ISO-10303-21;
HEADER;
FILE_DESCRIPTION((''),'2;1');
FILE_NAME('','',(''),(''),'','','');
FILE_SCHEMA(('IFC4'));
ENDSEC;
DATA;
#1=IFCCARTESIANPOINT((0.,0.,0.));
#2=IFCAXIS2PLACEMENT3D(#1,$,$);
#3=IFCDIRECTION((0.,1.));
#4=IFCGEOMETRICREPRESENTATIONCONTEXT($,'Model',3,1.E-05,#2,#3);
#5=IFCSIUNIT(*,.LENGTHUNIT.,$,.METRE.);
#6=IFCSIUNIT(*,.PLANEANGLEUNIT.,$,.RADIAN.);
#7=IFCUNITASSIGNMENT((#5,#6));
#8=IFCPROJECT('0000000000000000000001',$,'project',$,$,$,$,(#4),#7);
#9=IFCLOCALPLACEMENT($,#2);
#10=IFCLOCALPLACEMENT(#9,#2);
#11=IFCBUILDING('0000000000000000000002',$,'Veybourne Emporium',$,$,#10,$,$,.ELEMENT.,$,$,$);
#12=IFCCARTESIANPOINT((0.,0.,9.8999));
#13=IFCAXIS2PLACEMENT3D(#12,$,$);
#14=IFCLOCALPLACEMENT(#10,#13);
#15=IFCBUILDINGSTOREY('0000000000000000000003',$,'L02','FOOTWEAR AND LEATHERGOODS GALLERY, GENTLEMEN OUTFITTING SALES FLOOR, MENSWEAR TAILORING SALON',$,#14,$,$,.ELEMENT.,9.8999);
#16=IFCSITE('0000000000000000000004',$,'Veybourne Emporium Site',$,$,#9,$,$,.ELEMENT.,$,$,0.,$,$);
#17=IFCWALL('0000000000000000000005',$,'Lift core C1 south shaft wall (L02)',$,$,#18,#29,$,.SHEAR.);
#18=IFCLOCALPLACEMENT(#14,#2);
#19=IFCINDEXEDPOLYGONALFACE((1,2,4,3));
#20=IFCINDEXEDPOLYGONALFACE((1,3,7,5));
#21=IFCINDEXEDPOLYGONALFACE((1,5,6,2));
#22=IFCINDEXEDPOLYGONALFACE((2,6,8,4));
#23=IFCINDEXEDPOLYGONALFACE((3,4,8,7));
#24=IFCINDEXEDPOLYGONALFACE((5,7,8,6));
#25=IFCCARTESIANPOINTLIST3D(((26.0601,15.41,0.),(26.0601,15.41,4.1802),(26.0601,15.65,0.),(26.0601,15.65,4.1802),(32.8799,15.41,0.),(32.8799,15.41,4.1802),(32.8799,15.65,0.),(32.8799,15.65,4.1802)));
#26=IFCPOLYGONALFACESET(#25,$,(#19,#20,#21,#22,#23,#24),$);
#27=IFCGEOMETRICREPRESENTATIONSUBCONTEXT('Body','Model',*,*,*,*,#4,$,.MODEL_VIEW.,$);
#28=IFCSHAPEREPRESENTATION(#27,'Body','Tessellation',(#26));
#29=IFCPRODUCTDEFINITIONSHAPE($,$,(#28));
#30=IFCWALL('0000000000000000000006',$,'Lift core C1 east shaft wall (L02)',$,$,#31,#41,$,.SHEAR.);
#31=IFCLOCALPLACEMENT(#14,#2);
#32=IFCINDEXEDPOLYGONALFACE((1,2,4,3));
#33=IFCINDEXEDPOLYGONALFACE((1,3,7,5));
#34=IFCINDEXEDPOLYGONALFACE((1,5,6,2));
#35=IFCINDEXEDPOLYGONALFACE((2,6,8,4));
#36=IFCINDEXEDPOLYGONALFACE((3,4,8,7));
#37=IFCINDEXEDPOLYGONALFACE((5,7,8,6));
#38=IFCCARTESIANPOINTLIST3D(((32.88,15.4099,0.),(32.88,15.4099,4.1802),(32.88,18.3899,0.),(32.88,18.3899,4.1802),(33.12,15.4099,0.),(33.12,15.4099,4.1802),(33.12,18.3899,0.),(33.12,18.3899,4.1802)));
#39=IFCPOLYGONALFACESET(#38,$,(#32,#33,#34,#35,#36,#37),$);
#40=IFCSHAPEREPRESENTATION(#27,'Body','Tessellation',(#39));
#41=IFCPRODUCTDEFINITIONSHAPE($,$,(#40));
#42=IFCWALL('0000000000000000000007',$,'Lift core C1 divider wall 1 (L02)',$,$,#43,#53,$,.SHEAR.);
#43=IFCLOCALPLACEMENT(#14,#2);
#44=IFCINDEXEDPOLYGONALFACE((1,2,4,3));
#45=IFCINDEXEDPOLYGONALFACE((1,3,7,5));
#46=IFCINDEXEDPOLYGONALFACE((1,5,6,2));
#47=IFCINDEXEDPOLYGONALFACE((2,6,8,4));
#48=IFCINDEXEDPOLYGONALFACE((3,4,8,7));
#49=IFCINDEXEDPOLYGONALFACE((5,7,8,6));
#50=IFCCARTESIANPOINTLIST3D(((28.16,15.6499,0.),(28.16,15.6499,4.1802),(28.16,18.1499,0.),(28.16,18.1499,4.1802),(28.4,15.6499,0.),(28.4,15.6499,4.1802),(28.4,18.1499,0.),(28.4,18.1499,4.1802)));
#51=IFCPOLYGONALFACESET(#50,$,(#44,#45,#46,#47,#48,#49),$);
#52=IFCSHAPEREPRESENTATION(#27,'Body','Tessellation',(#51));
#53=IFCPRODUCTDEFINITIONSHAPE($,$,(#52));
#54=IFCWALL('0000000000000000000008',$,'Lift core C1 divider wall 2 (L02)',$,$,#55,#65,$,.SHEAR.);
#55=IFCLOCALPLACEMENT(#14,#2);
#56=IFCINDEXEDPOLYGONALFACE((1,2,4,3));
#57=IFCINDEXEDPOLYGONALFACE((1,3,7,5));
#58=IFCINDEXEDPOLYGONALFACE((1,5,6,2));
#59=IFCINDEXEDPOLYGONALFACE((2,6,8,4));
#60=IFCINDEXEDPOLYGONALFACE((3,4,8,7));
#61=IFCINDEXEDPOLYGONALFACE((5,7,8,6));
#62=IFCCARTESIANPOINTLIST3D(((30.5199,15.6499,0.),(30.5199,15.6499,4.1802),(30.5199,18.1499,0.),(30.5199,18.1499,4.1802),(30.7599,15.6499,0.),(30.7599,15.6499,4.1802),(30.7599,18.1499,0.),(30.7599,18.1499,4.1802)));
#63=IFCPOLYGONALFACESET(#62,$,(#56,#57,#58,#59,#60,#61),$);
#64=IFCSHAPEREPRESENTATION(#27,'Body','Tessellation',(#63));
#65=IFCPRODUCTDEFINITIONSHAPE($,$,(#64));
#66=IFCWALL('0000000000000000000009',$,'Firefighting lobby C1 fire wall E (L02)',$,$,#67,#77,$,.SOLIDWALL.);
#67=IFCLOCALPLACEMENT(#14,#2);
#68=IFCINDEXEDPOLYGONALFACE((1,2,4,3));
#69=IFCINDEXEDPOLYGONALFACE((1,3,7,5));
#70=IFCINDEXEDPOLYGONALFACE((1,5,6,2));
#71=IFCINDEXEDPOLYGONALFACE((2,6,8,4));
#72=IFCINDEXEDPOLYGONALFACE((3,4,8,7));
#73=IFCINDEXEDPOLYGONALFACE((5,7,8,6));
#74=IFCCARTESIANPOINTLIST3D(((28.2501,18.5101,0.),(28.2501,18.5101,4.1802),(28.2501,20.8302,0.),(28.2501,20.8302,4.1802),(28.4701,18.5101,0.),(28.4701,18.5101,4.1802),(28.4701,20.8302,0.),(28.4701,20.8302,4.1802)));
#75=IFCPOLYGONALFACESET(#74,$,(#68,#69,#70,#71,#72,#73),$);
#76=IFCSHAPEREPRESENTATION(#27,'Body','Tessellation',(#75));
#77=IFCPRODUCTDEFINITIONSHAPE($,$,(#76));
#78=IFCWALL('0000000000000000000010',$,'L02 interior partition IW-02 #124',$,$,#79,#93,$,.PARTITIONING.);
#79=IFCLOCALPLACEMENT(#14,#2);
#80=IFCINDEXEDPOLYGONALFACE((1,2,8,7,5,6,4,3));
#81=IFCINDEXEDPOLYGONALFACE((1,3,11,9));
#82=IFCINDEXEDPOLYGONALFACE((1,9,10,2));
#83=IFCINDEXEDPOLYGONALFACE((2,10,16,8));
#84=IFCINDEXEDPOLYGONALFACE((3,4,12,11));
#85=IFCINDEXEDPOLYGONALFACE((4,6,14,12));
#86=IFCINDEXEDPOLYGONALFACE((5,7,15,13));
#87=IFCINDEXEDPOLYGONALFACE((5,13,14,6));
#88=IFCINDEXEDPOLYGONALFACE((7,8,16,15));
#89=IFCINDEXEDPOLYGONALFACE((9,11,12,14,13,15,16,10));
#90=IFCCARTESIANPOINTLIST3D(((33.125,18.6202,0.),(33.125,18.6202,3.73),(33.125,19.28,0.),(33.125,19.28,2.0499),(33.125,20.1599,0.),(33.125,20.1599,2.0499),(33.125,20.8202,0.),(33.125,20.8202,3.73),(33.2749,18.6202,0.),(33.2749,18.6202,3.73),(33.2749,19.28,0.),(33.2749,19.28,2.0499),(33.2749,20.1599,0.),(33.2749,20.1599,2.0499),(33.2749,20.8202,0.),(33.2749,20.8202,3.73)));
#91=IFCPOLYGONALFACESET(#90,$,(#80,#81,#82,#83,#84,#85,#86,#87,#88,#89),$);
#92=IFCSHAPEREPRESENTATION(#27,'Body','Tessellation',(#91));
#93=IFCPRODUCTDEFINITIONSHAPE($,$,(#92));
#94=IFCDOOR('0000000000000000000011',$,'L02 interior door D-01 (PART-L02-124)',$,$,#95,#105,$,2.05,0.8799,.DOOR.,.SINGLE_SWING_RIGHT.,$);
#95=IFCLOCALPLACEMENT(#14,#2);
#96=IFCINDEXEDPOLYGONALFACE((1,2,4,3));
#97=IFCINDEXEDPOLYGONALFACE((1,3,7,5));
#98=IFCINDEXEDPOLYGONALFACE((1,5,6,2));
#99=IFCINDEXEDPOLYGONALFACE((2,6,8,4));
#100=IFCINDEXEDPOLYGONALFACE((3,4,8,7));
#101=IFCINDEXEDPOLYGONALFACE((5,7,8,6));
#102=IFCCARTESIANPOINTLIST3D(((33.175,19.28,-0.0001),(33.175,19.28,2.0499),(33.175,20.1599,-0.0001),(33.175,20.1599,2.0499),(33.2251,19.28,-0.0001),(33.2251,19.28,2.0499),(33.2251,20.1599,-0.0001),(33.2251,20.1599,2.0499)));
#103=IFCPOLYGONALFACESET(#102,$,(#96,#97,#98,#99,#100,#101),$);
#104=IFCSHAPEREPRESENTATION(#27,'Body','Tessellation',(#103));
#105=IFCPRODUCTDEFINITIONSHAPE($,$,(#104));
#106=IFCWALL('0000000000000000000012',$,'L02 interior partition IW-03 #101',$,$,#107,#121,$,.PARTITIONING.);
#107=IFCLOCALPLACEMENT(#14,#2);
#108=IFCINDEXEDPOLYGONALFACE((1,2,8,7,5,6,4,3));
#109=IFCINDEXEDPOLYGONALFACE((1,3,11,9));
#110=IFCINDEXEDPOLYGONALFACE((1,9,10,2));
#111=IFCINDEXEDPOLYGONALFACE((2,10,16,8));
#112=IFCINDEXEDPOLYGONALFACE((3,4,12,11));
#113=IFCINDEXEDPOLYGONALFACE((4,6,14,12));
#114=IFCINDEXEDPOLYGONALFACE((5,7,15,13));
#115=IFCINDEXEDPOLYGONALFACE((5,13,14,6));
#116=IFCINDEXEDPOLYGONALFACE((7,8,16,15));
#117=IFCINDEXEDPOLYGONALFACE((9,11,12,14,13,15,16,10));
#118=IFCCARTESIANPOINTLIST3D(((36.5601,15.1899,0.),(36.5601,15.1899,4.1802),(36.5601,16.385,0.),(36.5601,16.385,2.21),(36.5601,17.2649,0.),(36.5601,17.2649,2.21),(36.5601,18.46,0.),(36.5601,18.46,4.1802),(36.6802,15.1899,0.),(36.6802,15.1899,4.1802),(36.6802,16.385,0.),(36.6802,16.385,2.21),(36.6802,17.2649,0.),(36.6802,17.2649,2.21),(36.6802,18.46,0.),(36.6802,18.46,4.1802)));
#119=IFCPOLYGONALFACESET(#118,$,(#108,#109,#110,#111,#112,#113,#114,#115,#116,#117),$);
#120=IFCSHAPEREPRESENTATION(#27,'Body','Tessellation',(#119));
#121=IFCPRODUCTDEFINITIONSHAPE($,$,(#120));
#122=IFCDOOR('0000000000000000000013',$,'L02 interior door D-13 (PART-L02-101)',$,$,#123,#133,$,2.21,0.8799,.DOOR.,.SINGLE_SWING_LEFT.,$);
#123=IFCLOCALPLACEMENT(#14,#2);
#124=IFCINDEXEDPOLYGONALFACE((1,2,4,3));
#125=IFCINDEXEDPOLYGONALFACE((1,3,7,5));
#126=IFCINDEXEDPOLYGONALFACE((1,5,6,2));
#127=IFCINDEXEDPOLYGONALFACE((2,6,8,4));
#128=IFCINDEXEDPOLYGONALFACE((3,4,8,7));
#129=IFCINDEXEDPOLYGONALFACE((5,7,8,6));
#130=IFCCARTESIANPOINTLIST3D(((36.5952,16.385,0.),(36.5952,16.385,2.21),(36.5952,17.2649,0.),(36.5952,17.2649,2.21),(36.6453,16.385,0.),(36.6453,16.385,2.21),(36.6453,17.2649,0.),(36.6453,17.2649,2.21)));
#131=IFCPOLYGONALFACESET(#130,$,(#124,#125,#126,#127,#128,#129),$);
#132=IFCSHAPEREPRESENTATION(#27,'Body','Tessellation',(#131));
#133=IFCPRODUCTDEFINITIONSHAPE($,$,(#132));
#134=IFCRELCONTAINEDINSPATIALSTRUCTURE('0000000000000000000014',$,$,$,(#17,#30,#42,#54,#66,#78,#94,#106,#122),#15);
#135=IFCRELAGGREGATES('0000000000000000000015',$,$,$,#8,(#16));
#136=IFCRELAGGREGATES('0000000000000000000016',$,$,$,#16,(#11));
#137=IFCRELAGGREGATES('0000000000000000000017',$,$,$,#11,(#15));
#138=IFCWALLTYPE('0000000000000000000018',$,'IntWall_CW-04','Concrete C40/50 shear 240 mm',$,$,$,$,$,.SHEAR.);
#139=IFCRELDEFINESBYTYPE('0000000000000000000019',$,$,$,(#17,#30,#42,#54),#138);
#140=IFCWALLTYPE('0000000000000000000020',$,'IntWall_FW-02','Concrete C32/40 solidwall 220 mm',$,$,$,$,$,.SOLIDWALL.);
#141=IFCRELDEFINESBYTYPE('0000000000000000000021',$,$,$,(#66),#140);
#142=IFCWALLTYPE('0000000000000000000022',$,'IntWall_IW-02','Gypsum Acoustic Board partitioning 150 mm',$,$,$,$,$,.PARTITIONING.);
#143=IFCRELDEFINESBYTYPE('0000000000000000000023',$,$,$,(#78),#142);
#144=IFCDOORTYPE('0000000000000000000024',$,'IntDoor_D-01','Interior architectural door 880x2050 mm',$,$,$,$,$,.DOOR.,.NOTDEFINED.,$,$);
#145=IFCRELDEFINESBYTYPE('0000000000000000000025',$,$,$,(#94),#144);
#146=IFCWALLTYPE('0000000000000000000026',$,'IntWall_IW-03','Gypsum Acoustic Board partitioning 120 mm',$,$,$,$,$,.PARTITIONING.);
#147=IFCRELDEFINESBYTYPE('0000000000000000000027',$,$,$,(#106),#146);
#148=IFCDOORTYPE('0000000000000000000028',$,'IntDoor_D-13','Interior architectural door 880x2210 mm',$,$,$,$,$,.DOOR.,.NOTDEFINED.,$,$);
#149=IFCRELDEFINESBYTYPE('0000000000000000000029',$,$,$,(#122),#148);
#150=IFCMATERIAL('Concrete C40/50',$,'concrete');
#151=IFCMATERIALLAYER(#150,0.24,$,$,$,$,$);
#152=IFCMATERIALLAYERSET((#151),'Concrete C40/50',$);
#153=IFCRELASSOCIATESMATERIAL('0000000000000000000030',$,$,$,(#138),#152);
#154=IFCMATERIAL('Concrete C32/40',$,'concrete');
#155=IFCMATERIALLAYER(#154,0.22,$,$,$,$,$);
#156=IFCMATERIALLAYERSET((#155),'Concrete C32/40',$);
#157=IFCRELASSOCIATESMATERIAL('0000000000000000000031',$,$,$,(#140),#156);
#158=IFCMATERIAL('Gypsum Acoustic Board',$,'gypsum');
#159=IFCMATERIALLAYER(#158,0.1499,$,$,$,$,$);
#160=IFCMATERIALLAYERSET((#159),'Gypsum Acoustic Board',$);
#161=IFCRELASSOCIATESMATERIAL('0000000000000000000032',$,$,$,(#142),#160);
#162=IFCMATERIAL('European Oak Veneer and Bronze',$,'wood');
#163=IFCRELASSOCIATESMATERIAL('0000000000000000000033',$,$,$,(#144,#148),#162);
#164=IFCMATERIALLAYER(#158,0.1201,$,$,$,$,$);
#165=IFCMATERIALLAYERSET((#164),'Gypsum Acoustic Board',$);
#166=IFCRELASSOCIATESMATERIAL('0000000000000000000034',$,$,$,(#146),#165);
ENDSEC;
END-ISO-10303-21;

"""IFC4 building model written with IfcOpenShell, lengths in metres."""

from ifc_helpers import new_model, si_unit, direction, frame, frame_2d, origin, place, context, subcontext, project, spatial, rectangle, extrude, material, layer, layer_set, type_object, element, fill, save


model = new_model("IFC4")

# Units and contexts
model_context = context("Model", 3, precision=1e-05, world=origin(), true_north=direction((0.0, 1.0)))
body_context = subcontext(model_context, "Body", "Model", "MODEL_VIEW")
ifc_project = project(units=[si_unit("LENGTHUNIT", "METRE"), si_unit("PLANEANGLEUNIT", "RADIAN")], contexts=[model_context])

# Site, building, storey
site_placement = place(None, origin())
site = spatial("IfcSite", under=ifc_project, at=site_placement, Name="Veybourne Emporium Site", CompositionType="ELEMENT", RefElevation=0.0)
building_placement = place(site_placement, origin())
building = spatial("IfcBuilding", under=site, at=building_placement, Name="Veybourne Emporium", CompositionType="ELEMENT")
storey_placement = place(building_placement, frame((0.0, 0.0, 9.8999)))
storey = spatial("IfcBuildingStorey", under=building, at=storey_placement, Name="L02", Description="FOOTWEAR AND LEATHERGOODS GALLERY, GENTLEMEN OUTFITTING SALES FLOOR, MENSWEAR TAILORING SALON", CompositionType="ELEMENT", Elevation=9.8999)

# Shared definitions
ifc_material_1 = material(Name="Concrete C40/50", Category="concrete")

# Shared definitions
ifc_material_2 = material(Name="Concrete C32/40", Category="concrete")

# Shared definitions
ifc_layer_1 = layer(ifc_material_1, 0.24)
ifc_layer_set_1 = layer_set([ifc_layer_1], Name="Concrete C40/50")
wall_type_1 = type_object("IfcWallType", Name="IntWall_CW-04", Description="Concrete C40/50 shear 240 mm", PredefinedType="SHEAR", material=ifc_layer_set_1)

# Walls
wall_1_placement = place(storey_placement, frame((26.0601, 15.53, 0.0), z_axis=(0.0, 0.0, 1.0), x_axis=(1.0, 0.0, 0.0)))
element("IfcWall", 1, at=wall_1_placement, inside=storey, type_object=wall_type_1, Name="Lift core C1 south shaft wall (L02)", PredefinedType="SHEAR", context=body_context, shape_type="SweptSolid", body=[
    extrude(rectangle(XDim=6.8198, YDim=0.24, at=frame_2d((3.4099, 0.0))), origin(), (0.0, 0.0, 1.0), 4.1802),
])
wall_2_placement = place(storey_placement, frame((33.0, 15.4099, 0.0), z_axis=(0.0, 0.0, 1.0), x_axis=(0.0, 1.0, 0.0)))
element("IfcWall", 2, at=wall_2_placement, inside=storey, type_object=wall_type_1, Name="Lift core C1 east shaft wall (L02)", PredefinedType="SHEAR", context=body_context, shape_type="SweptSolid", body=[
    extrude(rectangle(XDim=2.98, YDim=0.24, at=frame_2d((1.49, 0.0))), origin(), (0.0, 0.0, 1.0), 4.1802),
])
for number, where, z_axis, x_axis, name in (
    (3, (28.28, 15.6499, 0.0), (0.0, 0.0, 1.0), (0.0, 1.0, 0.0), "Lift core C1 divider wall 1 (L02)"),
    (4, (30.6399, 15.6499, 0.0), (0.0, 0.0, 1.0), (0.0, 1.0, 0.0), "Lift core C1 divider wall 2 (L02)"),
):
    element("IfcWall", number, at=place(storey_placement, frame(where, z_axis=z_axis, x_axis=x_axis)), inside=storey, type_object=wall_type_1, Name=name, PredefinedType="SHEAR", context=body_context, shape_type="SweptSolid", body=[
        extrude(rectangle(XDim=2.5, YDim=0.24, at=frame_2d((1.25, 0.0))), origin(), (0.0, 0.0, 1.0), 4.1802),
    ])
ifc_layer_2 = layer(ifc_material_2, 0.22)
ifc_layer_set_2 = layer_set([ifc_layer_2], Name="Concrete C32/40")
wall_type_2 = type_object("IfcWallType", Name="IntWall_FW-02", Description="Concrete C32/40 solidwall 220 mm", PredefinedType="SOLIDWALL", material=ifc_layer_set_2)
wall_3_placement = place(storey_placement, frame((28.3601, 18.51, 0.0), z_axis=(0.0, 0.0, 1.0), x_axis=(0.0, 1.0, 0.0)))
element("IfcWall", 5, at=wall_3_placement, inside=storey, type_object=wall_type_2, Name="Firefighting lobby C1 fire wall E (L02)", PredefinedType="SOLIDWALL", context=body_context, shape_type="SweptSolid", body=[
    extrude(rectangle(XDim=2.3201, YDim=0.22, at=frame_2d((1.1602, 0.0))), origin(), (0.0, 0.0, 1.0), 4.1802),
])

# Walls, openings, doors
ifc_material_3 = material(Name="Gypsum Acoustic Board", Category="gypsum")
ifc_layer_3 = layer(ifc_material_3, 0.1499)
ifc_layer_set_3 = layer_set([ifc_layer_3], Name="Gypsum Acoustic Board")
wall_type_3 = type_object("IfcWallType", Name="IntWall_IW-02", Description="Gypsum Acoustic Board partitioning 150 mm", PredefinedType="PARTITIONING", material=ifc_layer_set_3)
wall_4_placement = place(storey_placement, frame((33.2, 18.6201, 0.0), z_axis=(0.0, 0.0, 1.0), x_axis=(0.0, 1.0, 0.0)))
wall_4 = element("IfcWall", 6, at=wall_4_placement, inside=storey, type_object=wall_type_3, Name="L02 interior partition IW-02 #124", PredefinedType="PARTITIONING", context=body_context, shape_type="SweptSolid", body=[
    extrude(rectangle(XDim=2.2, YDim=0.1499, at=frame_2d((1.1001, 0.0))), origin(), (0.0, 0.0, 1.0), 3.73),
])
opening_1_placement = place(wall_4_placement, frame((0.6599, 0.0, 0.0)))
opening_1 = element("IfcOpeningElement", 7, at=opening_1_placement, cuts=wall_4, PredefinedType="OPENING", context=body_context, shape_type="SweptSolid", body=[
    extrude(rectangle(XDim=0.8799, YDim=2.05, at=frame_2d((0.4399, 1.0249))), frame((0.0, 0.095, 0.0), z_axis=(0.0, -1.0, 0.0), x_axis=(1.0, 0.0, 0.0)), (0.0, 0.0, 1.0), 0.1899),
])
ifc_material_4 = material(Name="European Oak Veneer and Bronze", Category="wood")
door_type_1 = type_object("IfcDoorType", Name="IntDoor_D-01", Description="Interior architectural door 880x2050 mm", OperationType="NOTDEFINED", PredefinedType="DOOR", material=ifc_material_4)
door_1_placement = place(opening_1_placement, origin())
door_1 = element("IfcDoor", 8, at=door_1_placement, inside=storey, type_object=door_type_1, Name="L02 interior door D-01 (PART-L02-124)", OperationType="SINGLE_SWING_RIGHT", OverallHeight=2.05, OverallWidth=0.8799, PredefinedType="DOOR", context=body_context, shape_type="SweptSolid", body=[
    extrude(rectangle(XDim=0.8799, YDim=2.05, at=frame_2d((0.4399, 1.0249))), frame((0.0, 0.0249, 0.0), z_axis=(0.0, -1.0, 0.0), x_axis=(1.0, 0.0, 0.0)), (0.0, 0.0, 1.0), 0.05),
])
fill(opening_1, door_1)
ifc_layer_4 = layer(ifc_material_3, 0.1201)
ifc_layer_set_4 = layer_set([ifc_layer_4], Name="Gypsum Acoustic Board")
wall_type_4 = type_object("IfcWallType", Name="IntWall_IW-03", Description="Gypsum Acoustic Board partitioning 120 mm", PredefinedType="PARTITIONING", material=ifc_layer_set_4)
wall_5_placement = place(storey_placement, frame((36.6201, 15.1899, 0.0), z_axis=(0.0, 0.0, 1.0), x_axis=(0.0, 1.0, 0.0)))
wall_5 = element("IfcWall", 9, at=wall_5_placement, inside=storey, type_object=wall_type_4, Name="L02 interior partition IW-03 #101", PredefinedType="PARTITIONING", context=body_context, shape_type="SweptSolid", body=[
    extrude(rectangle(XDim=3.27, YDim=0.1201, at=frame_2d((1.635, 0.0))), origin(), (0.0, 0.0, 1.0), 4.1802),
])
opening_2_placement = place(wall_5_placement, frame((1.1951, 0.0, 0.0)))
opening_2 = element("IfcOpeningElement", 10, at=opening_2_placement, cuts=wall_5, PredefinedType="OPENING", context=body_context, shape_type="SweptSolid", body=[
    extrude(rectangle(XDim=0.8799, YDim=2.21, at=frame_2d((0.4399, 1.105))), frame((0.0, 0.0801, 0.0), z_axis=(0.0, -1.0, 0.0), x_axis=(1.0, 0.0, 0.0)), (0.0, 0.0, 1.0), 0.1602),
])
door_type_2 = type_object("IfcDoorType", Name="IntDoor_D-13", Description="Interior architectural door 880x2210 mm", OperationType="NOTDEFINED", PredefinedType="DOOR", material=ifc_material_4)
door_2_placement = place(opening_2_placement, origin())
door_2 = element("IfcDoor", 11, at=door_2_placement, inside=storey, type_object=door_type_2, Name="L02 interior door D-13 (PART-L02-101)", OperationType="SINGLE_SWING_LEFT", OverallHeight=2.21, OverallWidth=0.8799, PredefinedType="DOOR", context=body_context, shape_type="SweptSolid", body=[
    extrude(rectangle(XDim=0.8799, YDim=2.21, at=frame_2d((0.4399, 1.105))), frame((0.0, 0.0249, 0.0), z_axis=(0.0, -1.0, 0.0), x_axis=(1.0, 0.0, 0.0)), (0.0, 0.0, 1.0), 0.05),
])
fill(opening_2, door_2)

save(model, "model.ifc")
